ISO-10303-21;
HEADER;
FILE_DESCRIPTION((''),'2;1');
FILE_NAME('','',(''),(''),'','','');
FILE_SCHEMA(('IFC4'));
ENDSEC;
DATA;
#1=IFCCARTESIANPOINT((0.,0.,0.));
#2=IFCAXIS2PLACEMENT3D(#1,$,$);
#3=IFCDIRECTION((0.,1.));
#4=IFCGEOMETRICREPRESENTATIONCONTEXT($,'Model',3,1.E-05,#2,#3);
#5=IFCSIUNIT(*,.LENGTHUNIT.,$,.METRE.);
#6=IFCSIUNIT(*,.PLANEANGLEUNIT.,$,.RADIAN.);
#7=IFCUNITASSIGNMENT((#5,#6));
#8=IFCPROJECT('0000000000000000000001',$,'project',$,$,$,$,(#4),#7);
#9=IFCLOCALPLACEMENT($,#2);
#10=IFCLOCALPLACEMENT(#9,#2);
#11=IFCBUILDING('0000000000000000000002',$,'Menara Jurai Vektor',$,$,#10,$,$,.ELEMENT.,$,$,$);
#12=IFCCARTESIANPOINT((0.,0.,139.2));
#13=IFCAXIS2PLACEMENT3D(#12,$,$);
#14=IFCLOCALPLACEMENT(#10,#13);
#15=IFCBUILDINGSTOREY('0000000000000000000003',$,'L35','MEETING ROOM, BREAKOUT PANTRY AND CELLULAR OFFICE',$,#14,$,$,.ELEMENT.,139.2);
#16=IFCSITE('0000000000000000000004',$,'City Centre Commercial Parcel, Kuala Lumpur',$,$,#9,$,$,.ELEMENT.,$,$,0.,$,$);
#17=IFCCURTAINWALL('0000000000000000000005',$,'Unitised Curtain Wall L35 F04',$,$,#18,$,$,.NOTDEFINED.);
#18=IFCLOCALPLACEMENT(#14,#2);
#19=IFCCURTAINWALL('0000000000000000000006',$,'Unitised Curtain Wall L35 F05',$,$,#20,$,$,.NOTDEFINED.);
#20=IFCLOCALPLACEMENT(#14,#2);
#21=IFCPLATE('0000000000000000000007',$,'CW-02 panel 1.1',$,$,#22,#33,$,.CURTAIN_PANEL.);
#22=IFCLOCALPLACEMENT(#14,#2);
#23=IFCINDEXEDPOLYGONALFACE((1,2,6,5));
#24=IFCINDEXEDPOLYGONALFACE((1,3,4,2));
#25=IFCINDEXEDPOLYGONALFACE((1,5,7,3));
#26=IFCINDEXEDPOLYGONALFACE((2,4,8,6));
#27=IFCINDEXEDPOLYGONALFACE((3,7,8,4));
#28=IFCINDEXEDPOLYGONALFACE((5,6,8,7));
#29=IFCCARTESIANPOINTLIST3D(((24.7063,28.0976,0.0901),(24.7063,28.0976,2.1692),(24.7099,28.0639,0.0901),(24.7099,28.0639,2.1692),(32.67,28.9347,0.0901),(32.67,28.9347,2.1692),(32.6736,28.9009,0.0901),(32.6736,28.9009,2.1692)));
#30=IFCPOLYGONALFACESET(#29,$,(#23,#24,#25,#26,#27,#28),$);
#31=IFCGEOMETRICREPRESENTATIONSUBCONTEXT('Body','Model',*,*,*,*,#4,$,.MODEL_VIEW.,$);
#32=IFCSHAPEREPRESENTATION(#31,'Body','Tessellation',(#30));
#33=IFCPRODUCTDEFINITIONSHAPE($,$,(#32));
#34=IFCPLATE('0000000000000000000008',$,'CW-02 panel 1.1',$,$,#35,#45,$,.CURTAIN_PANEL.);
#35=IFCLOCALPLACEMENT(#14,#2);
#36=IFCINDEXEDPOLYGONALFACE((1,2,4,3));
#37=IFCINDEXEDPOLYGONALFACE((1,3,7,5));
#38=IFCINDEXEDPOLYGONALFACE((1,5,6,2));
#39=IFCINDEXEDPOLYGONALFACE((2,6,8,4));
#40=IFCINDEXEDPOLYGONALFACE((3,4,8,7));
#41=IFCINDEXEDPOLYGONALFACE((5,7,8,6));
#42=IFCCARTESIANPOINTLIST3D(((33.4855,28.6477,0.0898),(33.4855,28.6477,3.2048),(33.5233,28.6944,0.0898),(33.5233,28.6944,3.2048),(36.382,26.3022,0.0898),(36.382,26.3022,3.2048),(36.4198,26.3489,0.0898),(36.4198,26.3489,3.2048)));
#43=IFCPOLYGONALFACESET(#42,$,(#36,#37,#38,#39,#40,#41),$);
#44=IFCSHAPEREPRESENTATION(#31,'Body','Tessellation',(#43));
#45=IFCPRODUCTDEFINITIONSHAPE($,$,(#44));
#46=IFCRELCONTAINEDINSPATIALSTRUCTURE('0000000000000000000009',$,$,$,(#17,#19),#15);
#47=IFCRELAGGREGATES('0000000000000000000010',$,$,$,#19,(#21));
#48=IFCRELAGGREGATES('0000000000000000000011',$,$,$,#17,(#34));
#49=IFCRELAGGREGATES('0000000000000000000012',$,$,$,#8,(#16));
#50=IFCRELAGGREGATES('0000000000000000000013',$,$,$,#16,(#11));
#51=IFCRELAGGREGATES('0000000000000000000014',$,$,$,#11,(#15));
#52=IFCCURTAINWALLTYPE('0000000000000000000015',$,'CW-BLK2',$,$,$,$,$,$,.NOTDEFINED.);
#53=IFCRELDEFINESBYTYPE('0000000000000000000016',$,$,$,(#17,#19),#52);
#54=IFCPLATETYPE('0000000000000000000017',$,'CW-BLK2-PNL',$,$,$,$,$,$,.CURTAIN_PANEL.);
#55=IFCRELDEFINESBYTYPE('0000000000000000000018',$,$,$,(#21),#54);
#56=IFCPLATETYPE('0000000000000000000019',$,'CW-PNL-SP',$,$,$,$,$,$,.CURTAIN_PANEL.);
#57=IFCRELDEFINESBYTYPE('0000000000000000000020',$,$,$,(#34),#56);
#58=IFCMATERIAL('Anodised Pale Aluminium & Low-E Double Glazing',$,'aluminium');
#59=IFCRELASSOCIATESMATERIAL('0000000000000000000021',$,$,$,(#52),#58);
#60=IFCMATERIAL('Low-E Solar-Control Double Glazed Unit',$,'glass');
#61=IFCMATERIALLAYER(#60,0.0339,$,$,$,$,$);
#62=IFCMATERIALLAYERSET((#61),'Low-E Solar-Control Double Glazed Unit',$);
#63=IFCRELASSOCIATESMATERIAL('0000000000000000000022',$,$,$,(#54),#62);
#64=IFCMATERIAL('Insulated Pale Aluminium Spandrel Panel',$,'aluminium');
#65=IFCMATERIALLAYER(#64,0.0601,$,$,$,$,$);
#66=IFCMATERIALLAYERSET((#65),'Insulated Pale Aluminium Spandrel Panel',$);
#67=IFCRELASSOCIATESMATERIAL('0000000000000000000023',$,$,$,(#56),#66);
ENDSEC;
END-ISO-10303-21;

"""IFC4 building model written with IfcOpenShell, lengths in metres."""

from ifc_helpers import new_model, si_unit, direction, frame, origin, origin_2d, place, context, subcontext, project, spatial, rectangle, extrude, material, layer, layer_set, type_object, element, aggregate, save


model = new_model("IFC4")

# Units and contexts
model_context = context("Model", 3, precision=1e-05, world=origin(), true_north=direction((0.0, 1.0)))
body_context = subcontext(model_context, "Body", "Model", "MODEL_VIEW")
ifc_project = project(units=[si_unit("LENGTHUNIT", "METRE"), si_unit("PLANEANGLEUNIT", "RADIAN")], contexts=[model_context])

# Site, building, storey
site_placement = place(None, origin())
site = spatial("IfcSite", under=ifc_project, at=site_placement, Name="City Centre Commercial Parcel, Kuala Lumpur", CompositionType="ELEMENT", RefElevation=0.0)
building_placement = place(site_placement, origin())
building = spatial("IfcBuilding", under=site, at=building_placement, Name="Menara Jurai Vektor", CompositionType="ELEMENT")
storey_placement = place(building_placement, frame((0.0, 0.0, 139.2)))
storey = spatial("IfcBuildingStorey", under=building, at=storey_placement, Name="L35", Description="MEETING ROOM, BREAKOUT PANTRY AND CELLULAR OFFICE", CompositionType="ELEMENT", Elevation=139.2)

# Shared definitions
ifc_material_1 = material(Name="Anodised Pale Aluminium & Low-E Double Glazing", Category="aluminium")
curtain_wall_type = type_object("IfcCurtainWallType", Name="CW-BLK2", PredefinedType="NOTDEFINED", material=ifc_material_1)

# Curtain walls
curtain_wall_1_placement = place(storey_placement, origin())
curtain_wall_1 = element("IfcCurtainWall", 1, at=curtain_wall_1_placement, inside=storey, type_object=curtain_wall_type, Name="Unitised Curtain Wall L35 F04", PredefinedType="NOTDEFINED")
curtain_wall_2_placement = place(storey_placement, origin())
curtain_wall_2 = element("IfcCurtainWall", 2, at=curtain_wall_2_placement, inside=storey, type_object=curtain_wall_type, Name="Unitised Curtain Wall L35 F05", PredefinedType="NOTDEFINED")

# Plates
ifc_material_2 = material(Name="Low-E Solar-Control Double Glazed Unit", Category="glass")
ifc_layer_1 = layer(ifc_material_2, 0.0339)
ifc_layer_set_1 = layer_set([ifc_layer_1], Name="Low-E Solar-Control Double Glazed Unit")
plate_type_1 = type_object("IfcPlateType", Name="CW-BLK2-PNL", PredefinedType="CURTAIN_PANEL", material=ifc_layer_set_1)
plate_1_placement = place(storey_placement, frame((28.6899, 28.4993, 0.0901), z_axis=(0.0, 0.0, 1.0), x_axis=(-0.994522, -0.104529, 0.0)))
plate_1 = element("IfcPlate", 3, at=plate_1_placement, type_object=plate_type_1, Name="CW-02 panel 1.1", PredefinedType="CURTAIN_PANEL", context=body_context, shape_type="SweptSolid", body=[
    extrude(rectangle(XDim=8.0076, YDim=0.0339, at=origin_2d()), origin(), (0.0, 0.0, 1.0), 2.0791),
])
aggregate(curtain_wall_2, [plate_1])
ifc_material_3 = material(Name="Insulated Pale Aluminium Spandrel Panel", Category="aluminium")
ifc_layer_2 = layer(ifc_material_3, 0.0601)
ifc_layer_set_2 = layer_set([ifc_layer_2], Name="Insulated Pale Aluminium Spandrel Panel")
plate_type_2 = type_object("IfcPlateType", Name="CW-PNL-SP", PredefinedType="CURTAIN_PANEL", material=ifc_layer_set_2)
plate_2_placement = place(storey_placement, frame((34.9526, 27.4983, 0.0898), z_axis=(0.0, 0.0, 1.0), x_axis=(-0.777152, 0.629313, 0.0)))
plate_2 = element("IfcPlate", 4, at=plate_2_placement, type_object=plate_type_2, Name="CW-02 panel 1.1", PredefinedType="CURTAIN_PANEL", context=body_context, shape_type="SweptSolid", body=[
    extrude(rectangle(XDim=3.7271, YDim=0.0601, at=origin_2d()), origin(), (0.0, 0.0, 1.0), 3.115),
])
aggregate(curtain_wall_1, [plate_2])

save(model, "model.ifc")
